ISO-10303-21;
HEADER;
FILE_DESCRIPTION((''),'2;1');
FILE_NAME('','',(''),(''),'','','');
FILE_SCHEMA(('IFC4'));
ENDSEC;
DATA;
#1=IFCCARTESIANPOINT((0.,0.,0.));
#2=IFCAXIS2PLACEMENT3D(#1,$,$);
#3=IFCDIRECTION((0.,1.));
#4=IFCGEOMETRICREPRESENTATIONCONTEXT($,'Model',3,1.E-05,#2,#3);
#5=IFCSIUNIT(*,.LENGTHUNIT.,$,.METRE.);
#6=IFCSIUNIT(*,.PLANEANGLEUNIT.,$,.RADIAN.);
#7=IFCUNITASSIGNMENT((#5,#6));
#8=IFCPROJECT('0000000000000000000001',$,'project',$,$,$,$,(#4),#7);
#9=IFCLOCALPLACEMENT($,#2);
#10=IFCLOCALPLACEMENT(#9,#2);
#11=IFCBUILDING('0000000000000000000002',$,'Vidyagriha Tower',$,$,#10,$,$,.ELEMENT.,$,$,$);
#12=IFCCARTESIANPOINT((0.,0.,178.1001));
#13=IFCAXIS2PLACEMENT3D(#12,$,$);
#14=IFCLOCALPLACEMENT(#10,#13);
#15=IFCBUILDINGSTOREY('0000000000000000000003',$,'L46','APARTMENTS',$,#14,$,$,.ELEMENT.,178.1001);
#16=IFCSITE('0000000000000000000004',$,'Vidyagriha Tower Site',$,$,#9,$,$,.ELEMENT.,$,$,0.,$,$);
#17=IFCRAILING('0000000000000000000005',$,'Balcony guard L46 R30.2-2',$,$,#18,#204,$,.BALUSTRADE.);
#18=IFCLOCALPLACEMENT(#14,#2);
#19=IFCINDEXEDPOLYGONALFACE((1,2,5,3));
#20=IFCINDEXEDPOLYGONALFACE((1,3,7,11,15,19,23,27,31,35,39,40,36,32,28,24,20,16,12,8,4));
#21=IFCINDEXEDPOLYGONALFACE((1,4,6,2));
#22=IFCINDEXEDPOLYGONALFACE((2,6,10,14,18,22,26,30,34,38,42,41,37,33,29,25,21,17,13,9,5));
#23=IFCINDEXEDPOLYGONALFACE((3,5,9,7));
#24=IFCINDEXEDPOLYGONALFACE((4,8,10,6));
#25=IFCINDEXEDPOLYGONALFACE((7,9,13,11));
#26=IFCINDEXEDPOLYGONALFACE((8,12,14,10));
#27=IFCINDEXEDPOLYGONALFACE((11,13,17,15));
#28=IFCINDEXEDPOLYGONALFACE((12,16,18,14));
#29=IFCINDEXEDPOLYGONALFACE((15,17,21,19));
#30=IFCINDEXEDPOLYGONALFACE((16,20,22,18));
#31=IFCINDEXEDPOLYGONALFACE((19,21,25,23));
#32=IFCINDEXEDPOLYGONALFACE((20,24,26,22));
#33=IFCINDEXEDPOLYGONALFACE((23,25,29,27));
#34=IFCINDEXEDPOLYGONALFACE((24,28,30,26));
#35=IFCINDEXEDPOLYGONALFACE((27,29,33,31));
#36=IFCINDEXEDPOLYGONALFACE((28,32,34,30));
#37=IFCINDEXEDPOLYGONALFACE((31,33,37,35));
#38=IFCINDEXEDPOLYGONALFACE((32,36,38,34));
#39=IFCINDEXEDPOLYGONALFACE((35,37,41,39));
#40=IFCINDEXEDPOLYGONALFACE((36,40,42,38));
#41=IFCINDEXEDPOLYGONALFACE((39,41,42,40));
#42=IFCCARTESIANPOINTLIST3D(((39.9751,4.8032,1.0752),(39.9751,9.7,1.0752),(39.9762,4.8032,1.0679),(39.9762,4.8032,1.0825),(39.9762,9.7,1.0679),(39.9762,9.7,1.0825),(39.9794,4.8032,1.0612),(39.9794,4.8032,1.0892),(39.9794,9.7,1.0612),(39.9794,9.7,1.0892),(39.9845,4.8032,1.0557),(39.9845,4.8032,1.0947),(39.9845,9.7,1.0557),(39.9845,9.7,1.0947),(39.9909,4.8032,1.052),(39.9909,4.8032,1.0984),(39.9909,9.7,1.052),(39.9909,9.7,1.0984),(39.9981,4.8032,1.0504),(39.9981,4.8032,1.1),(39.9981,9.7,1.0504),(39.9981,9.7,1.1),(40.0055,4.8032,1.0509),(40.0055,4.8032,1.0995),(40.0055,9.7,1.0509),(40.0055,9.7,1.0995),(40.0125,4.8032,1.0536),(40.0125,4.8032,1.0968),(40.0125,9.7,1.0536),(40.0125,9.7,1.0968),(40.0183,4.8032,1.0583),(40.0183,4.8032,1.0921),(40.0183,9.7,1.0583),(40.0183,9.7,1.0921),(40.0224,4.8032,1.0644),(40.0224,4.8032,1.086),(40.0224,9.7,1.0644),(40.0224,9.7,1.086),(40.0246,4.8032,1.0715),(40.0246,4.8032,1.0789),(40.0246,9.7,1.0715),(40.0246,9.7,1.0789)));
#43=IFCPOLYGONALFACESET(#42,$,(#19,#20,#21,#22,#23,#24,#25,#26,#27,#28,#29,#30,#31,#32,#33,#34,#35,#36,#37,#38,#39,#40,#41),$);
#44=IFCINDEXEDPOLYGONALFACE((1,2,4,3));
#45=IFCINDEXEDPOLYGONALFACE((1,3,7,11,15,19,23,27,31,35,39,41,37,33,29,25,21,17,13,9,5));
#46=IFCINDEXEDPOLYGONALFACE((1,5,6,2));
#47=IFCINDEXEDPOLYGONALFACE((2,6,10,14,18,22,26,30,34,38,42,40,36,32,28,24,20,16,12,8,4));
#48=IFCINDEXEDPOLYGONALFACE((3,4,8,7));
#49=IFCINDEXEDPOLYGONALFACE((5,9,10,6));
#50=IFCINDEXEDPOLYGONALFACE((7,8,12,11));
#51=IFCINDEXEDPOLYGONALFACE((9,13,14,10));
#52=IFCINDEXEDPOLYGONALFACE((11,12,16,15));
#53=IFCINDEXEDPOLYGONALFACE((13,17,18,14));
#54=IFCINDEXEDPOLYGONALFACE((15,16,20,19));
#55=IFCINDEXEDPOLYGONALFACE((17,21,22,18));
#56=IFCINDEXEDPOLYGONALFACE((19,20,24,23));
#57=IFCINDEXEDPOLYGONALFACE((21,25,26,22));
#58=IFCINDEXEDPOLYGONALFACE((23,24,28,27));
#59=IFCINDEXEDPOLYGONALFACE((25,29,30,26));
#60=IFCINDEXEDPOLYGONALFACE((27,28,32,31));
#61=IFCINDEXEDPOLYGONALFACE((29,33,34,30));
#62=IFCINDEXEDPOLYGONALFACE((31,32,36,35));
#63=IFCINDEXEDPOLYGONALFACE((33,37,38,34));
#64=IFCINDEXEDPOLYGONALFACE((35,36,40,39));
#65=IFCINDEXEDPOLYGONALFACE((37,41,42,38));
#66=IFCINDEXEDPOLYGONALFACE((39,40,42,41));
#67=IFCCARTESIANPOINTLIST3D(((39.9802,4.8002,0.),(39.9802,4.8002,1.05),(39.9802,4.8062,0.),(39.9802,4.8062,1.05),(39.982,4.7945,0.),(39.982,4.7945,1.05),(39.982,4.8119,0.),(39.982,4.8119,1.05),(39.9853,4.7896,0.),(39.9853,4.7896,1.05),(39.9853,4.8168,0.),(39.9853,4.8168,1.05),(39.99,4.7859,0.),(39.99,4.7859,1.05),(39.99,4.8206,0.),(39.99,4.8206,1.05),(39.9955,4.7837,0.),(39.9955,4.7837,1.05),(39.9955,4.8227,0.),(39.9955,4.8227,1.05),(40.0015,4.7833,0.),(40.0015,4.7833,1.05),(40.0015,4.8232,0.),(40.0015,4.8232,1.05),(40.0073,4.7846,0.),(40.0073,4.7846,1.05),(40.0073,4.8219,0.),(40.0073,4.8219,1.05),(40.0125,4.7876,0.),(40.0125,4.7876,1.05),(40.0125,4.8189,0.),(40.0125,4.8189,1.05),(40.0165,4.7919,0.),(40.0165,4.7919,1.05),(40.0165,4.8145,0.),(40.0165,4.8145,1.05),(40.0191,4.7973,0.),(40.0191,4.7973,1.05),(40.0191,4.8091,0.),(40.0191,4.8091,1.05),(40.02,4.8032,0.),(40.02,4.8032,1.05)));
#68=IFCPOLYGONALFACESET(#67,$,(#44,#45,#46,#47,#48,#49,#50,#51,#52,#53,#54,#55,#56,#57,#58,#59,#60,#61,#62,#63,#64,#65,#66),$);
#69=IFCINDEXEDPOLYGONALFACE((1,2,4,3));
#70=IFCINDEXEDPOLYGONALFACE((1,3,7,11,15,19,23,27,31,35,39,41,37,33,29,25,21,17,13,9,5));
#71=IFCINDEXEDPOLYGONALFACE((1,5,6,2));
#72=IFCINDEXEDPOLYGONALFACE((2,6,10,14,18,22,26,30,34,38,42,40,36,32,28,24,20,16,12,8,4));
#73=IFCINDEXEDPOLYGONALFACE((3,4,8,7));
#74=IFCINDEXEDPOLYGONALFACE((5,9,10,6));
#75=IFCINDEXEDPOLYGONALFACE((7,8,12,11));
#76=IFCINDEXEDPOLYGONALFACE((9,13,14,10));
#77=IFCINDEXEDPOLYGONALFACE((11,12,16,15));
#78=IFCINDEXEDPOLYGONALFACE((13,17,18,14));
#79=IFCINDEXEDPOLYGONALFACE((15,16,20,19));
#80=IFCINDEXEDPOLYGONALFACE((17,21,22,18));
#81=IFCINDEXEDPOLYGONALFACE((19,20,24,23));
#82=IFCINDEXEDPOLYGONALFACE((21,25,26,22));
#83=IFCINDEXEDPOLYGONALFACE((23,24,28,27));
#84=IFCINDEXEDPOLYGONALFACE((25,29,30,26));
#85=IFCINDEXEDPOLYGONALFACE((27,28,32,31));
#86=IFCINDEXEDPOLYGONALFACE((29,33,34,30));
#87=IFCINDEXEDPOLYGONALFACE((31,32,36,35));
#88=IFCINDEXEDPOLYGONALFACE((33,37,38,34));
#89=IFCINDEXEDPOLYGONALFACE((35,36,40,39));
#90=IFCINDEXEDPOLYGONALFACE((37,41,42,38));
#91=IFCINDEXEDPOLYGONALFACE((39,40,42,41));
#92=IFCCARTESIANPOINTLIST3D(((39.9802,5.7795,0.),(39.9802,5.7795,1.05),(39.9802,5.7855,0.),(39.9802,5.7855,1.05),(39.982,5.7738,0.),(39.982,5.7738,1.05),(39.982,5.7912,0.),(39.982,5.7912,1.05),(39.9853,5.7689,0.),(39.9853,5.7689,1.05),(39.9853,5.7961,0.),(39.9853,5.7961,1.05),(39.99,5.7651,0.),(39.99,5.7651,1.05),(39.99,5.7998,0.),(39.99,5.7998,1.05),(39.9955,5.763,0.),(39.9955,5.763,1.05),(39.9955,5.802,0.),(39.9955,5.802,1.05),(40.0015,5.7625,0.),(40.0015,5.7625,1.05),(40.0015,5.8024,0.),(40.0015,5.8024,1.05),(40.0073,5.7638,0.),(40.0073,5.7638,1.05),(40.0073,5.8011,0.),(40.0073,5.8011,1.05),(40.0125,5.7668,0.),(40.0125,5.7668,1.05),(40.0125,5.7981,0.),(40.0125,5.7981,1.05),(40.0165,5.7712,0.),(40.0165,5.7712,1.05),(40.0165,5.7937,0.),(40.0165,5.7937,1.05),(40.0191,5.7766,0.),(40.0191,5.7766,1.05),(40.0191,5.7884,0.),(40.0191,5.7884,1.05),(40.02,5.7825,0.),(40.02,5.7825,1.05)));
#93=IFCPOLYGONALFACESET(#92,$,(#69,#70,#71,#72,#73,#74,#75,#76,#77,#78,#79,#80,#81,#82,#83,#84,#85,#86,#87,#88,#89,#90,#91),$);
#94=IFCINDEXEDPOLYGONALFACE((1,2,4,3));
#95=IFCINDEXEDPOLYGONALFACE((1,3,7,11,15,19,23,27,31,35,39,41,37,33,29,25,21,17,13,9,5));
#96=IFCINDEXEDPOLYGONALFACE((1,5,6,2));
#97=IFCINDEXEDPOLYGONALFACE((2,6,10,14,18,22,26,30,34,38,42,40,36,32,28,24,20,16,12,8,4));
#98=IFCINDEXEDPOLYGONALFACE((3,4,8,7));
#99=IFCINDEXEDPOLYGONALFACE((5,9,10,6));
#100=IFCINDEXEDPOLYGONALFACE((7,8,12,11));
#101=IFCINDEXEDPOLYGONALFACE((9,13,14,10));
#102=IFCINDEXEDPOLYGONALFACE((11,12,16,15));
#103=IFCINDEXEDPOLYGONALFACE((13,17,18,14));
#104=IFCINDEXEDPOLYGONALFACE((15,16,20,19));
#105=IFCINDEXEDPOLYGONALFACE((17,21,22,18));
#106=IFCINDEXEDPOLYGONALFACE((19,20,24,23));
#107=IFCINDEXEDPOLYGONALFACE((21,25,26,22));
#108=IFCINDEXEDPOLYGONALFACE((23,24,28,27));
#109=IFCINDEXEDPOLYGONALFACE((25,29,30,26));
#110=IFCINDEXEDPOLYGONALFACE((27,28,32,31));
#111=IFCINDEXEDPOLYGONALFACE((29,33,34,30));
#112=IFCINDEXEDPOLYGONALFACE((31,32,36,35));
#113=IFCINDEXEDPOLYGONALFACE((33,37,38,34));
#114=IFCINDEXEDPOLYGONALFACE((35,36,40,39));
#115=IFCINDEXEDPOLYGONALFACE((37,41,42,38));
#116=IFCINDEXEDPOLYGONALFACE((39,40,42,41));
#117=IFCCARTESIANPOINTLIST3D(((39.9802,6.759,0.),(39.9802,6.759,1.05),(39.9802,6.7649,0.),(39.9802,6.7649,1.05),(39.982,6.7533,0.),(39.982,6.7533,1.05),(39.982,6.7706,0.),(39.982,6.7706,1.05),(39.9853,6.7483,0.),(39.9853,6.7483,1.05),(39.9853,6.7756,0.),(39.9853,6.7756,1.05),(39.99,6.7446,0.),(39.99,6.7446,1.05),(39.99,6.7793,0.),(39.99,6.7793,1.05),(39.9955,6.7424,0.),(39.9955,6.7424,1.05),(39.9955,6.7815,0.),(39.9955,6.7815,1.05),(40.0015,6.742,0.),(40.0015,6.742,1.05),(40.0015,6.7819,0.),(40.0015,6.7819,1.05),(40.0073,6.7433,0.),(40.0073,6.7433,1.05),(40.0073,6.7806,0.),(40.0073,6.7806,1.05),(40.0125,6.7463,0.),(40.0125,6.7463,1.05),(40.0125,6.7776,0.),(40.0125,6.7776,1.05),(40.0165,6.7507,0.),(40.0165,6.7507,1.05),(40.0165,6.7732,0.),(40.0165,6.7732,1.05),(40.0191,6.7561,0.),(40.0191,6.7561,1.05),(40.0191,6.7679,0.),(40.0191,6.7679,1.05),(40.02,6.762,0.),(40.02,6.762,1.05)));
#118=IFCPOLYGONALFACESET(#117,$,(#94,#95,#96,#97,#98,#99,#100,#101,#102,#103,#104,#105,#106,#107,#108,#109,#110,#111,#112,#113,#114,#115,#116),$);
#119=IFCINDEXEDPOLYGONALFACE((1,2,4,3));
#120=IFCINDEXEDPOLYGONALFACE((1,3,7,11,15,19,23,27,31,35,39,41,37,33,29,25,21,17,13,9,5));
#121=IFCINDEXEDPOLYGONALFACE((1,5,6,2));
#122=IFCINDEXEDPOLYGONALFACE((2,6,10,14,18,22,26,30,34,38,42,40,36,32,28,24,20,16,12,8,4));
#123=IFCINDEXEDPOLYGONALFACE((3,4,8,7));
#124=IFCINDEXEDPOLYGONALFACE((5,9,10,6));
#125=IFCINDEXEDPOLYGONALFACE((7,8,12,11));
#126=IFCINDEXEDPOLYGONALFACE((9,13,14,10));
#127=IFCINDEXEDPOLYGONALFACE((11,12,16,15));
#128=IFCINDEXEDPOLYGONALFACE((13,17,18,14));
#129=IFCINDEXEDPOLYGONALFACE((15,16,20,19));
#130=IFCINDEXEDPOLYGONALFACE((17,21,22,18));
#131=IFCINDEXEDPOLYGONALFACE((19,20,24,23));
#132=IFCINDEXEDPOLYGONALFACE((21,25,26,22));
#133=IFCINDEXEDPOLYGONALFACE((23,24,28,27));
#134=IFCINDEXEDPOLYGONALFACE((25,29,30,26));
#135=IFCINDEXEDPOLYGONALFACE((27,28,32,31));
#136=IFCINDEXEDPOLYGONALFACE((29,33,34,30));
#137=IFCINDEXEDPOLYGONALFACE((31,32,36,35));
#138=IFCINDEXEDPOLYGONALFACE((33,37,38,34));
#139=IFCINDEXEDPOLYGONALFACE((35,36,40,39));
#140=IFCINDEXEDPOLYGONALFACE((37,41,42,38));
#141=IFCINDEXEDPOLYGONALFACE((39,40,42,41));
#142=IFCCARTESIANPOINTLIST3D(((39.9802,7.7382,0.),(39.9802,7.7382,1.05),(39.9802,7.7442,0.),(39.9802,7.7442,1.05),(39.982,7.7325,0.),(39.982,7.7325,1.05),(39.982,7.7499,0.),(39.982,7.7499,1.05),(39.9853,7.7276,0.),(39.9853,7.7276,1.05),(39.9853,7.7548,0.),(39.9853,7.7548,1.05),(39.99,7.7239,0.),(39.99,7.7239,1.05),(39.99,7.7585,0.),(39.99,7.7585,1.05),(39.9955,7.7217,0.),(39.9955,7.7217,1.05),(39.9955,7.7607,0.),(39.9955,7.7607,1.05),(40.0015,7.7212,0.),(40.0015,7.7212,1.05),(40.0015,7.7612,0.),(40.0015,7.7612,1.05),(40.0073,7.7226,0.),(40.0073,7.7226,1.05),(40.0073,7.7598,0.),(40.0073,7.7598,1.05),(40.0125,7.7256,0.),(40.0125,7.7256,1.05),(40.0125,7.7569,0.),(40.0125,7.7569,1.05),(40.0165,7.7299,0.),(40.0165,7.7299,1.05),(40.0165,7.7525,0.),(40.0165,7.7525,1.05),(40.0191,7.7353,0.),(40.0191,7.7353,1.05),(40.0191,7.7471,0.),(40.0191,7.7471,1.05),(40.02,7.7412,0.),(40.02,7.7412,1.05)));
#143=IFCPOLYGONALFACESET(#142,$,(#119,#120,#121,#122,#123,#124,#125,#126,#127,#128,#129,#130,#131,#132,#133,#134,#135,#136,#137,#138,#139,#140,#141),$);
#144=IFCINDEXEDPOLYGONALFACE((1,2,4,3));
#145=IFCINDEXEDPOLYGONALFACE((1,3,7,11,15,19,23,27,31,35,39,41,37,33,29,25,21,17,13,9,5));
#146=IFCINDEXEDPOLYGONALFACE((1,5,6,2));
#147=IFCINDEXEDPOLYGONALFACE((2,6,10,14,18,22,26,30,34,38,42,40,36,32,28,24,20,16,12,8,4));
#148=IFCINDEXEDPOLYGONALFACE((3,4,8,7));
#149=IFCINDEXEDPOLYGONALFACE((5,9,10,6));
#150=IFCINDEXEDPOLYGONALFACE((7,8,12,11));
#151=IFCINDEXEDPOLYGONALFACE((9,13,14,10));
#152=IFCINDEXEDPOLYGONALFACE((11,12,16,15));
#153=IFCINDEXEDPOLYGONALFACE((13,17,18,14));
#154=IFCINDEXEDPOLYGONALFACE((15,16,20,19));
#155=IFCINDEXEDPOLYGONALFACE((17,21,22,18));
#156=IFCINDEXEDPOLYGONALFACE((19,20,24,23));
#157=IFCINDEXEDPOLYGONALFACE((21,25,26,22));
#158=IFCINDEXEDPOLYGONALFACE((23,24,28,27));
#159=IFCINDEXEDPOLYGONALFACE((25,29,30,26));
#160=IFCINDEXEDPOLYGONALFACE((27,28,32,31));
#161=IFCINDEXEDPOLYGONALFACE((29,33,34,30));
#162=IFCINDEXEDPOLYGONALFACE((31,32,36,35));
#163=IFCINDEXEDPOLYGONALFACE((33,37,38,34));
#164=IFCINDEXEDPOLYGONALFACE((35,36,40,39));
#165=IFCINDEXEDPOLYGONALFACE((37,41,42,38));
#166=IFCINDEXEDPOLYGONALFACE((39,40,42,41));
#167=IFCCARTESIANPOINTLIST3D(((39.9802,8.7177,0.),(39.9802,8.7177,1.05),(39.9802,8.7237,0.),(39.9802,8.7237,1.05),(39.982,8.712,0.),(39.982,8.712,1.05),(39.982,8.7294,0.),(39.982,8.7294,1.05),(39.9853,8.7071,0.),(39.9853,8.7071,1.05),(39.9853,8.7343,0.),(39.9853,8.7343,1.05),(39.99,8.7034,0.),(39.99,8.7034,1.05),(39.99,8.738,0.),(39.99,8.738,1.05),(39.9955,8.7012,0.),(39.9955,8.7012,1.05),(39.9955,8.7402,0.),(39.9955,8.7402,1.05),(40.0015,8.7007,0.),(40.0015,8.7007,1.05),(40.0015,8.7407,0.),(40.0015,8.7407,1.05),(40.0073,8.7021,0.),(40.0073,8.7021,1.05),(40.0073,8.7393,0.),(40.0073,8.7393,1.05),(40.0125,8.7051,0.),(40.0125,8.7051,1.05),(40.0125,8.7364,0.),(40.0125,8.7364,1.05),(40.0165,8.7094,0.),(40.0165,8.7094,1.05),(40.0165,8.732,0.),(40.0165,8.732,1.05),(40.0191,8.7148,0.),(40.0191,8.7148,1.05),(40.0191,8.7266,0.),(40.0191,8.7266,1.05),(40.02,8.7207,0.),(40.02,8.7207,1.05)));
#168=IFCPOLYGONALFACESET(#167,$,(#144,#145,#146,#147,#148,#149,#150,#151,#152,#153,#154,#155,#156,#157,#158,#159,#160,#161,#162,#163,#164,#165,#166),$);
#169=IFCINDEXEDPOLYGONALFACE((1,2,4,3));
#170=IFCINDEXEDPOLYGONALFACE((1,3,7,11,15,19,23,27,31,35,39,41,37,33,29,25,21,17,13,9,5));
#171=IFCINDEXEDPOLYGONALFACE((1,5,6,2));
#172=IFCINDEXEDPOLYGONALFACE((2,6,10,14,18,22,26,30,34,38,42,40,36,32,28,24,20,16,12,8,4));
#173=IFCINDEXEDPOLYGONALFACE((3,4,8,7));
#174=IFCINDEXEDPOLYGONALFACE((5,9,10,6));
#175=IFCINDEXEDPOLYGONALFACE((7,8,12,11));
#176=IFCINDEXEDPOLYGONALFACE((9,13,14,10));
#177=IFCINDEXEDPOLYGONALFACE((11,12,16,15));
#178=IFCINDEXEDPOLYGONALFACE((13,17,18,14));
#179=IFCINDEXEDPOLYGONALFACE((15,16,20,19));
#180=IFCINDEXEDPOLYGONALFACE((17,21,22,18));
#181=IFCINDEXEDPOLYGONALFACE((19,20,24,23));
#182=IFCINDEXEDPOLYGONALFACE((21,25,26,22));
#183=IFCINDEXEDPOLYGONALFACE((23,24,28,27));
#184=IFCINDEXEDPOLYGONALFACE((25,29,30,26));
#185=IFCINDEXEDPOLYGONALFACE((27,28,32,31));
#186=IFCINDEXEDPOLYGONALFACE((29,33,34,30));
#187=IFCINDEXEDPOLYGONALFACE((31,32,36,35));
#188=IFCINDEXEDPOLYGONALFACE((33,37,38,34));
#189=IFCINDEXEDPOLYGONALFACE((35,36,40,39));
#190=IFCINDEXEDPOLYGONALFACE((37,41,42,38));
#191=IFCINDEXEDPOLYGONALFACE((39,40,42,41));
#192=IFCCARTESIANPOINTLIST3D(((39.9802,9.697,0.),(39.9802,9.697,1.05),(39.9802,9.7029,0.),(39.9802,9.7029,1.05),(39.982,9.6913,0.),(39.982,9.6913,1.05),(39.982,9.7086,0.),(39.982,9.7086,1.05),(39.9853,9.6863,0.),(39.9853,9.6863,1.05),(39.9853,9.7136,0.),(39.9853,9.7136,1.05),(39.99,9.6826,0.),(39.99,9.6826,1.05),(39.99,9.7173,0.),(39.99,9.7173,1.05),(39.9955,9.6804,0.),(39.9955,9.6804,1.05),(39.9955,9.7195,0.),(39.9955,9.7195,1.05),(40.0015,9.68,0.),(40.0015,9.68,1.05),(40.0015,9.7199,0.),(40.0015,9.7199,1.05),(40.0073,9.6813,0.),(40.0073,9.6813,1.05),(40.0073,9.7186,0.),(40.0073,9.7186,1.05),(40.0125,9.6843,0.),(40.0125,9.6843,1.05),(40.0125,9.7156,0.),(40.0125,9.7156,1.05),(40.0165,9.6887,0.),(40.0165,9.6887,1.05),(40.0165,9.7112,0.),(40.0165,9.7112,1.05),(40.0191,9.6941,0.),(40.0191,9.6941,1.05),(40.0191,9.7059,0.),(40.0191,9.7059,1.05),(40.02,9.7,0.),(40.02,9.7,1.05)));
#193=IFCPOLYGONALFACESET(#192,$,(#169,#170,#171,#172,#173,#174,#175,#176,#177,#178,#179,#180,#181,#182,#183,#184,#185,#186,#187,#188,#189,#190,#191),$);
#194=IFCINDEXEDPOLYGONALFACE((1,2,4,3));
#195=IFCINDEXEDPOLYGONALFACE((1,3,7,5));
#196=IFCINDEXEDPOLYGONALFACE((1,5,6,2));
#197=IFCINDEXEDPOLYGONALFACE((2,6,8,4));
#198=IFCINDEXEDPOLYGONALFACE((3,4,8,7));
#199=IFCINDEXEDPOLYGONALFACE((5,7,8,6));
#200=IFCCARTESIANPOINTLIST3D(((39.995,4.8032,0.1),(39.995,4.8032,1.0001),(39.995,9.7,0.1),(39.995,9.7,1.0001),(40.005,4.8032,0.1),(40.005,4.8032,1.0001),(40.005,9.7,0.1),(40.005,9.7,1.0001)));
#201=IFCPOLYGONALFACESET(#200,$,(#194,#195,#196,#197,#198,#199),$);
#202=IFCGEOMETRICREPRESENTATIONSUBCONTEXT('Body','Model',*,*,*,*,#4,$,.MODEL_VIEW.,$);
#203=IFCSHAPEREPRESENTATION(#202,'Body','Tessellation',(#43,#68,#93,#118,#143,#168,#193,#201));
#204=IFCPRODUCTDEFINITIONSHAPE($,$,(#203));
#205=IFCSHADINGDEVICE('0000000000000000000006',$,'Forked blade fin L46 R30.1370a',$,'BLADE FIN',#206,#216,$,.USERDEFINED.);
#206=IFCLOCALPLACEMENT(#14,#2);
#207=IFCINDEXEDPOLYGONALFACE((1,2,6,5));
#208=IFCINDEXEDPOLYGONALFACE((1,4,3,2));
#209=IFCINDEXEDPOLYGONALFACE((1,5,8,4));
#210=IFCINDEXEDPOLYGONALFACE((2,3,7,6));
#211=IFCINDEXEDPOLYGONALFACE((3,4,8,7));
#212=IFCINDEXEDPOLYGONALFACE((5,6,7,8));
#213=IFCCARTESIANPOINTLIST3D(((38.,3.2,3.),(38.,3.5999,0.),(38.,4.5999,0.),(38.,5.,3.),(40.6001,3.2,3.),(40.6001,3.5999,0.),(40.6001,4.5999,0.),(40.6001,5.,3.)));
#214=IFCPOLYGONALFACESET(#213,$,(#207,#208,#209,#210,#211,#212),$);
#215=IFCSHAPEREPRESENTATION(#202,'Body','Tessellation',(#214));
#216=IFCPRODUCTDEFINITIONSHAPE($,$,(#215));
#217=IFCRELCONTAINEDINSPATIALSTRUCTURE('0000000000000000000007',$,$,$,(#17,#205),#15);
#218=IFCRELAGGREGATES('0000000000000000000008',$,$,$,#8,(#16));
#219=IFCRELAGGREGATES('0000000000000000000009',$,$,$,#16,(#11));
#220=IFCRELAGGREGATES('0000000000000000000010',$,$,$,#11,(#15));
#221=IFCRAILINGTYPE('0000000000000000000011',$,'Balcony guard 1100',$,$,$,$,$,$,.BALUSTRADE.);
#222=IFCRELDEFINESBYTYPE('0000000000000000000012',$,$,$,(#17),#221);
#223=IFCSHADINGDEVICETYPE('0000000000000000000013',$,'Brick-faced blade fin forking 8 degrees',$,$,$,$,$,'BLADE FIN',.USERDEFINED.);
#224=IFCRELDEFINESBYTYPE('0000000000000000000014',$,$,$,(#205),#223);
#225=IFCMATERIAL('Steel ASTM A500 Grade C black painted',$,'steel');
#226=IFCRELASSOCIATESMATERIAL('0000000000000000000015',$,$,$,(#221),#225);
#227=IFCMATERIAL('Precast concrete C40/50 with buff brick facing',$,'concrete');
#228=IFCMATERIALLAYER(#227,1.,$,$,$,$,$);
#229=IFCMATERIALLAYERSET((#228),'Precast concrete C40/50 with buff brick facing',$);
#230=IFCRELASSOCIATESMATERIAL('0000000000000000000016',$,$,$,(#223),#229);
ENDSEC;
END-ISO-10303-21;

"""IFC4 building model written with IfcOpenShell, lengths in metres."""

from ifc_helpers import new_model, si_unit, direction, frame, origin, origin_2d, place, context, subcontext, project, spatial, polyline, rectangle, circle, outline, extrude, material, layer, layer_set, type_object, element, save


model = new_model("IFC4")

# Units and contexts
model_context = context("Model", 3, precision=1e-05, world=origin(), true_north=direction((0.0, 1.0)))
body_context = subcontext(model_context, "Body", "Model", "MODEL_VIEW")
ifc_project = project(units=[si_unit("LENGTHUNIT", "METRE"), si_unit("PLANEANGLEUNIT", "RADIAN")], contexts=[model_context])

# Site, building, storey
site_placement = place(None, origin())
site = spatial("IfcSite", under=ifc_project, at=site_placement, Name="Vidyagriha Tower Site", CompositionType="ELEMENT", RefElevation=0.0)
building_placement = place(site_placement, origin())
building = spatial("IfcBuilding", under=site, at=building_placement, Name="Vidyagriha Tower", CompositionType="ELEMENT")
storey_placement = place(building_placement, frame((0.0, 0.0, 178.1001)))
storey = spatial("IfcBuildingStorey", under=building, at=storey_placement, Name="L46", Description="APARTMENTS", CompositionType="ELEMENT", Elevation=178.1001)

# Railing
ifc_material_1 = material(Name="Steel ASTM A500 Grade C black painted", Category="steel")
railing_type_1 = type_object("IfcRailingType", Name="Balcony guard 1100", PredefinedType="BALUSTRADE", material=ifc_material_1)
railing_1_placement = place(storey_placement, frame((40.0, 4.8032, 0.0)))
element("IfcRailing", 1, at=railing_1_placement, inside=storey, type_object=railing_type_1, Name="Balcony guard L46 R30.2-2", PredefinedType="BALUSTRADE", context=body_context, shape_type="SweptSolid", body=[
    extrude(circle(Radius=0.0249, at=origin_2d()), frame((0.0, 0.0, 1.0752), z_axis=(0.0, 1.0, 0.0), x_axis=(-1.0, 0.0, 0.0)), (0.0, 0.0, 1.0), 4.8967),
    extrude(circle(Radius=0.02, at=origin_2d()), origin(), (0.0, 0.0, 1.0), 1.05),
    extrude(circle(Radius=0.02, at=origin_2d()), frame((0.0, 0.9792, 0.0)), (0.0, 0.0, 1.0), 1.05),
    extrude(circle(Radius=0.02, at=origin_2d()), frame((0.0, 1.9587, 0.0)), (0.0, 0.0, 1.0), 1.05),
    extrude(circle(Radius=0.02, at=origin_2d()), frame((0.0, 2.938, 0.0)), (0.0, 0.0, 1.0), 1.05),
    extrude(circle(Radius=0.02, at=origin_2d()), frame((0.0, 3.9175, 0.0)), (0.0, 0.0, 1.0), 1.05),
    extrude(circle(Radius=0.02, at=origin_2d()), frame((0.0, 4.8967, 0.0)), (0.0, 0.0, 1.0), 1.05),
    extrude(rectangle(XDim=0.01, YDim=0.9001, at=origin_2d()), frame((0.0, 0.0, 0.55), z_axis=(0.0, 1.0, 0.0), x_axis=(-1.0, 0.0, 0.0)), (0.0, 0.0, 1.0), 4.8967),
])

# Shading device
ifc_material_2 = material(Name="Precast concrete C40/50 with buff brick facing", Category="concrete")
ifc_layer_1 = layer(ifc_material_2, 1.0)
ifc_layer_set_1 = layer_set([ifc_layer_1], Name="Precast concrete C40/50 with buff brick facing")
shading_device_type_1 = type_object("IfcShadingDeviceType", Name="Brick-faced blade fin forking 8 degrees", ElementType="BLADE FIN", PredefinedType="USERDEFINED", material=ifc_layer_set_1)
shading_device_1_placement = place(storey_placement, frame((39.3, 3.2, 0.0), z_axis=(0.0, 0.0, 1.0), x_axis=(0.0, 1.0, 0.0)))
element("IfcShadingDevice", 2, at=shading_device_1_placement, inside=storey, type_object=shading_device_type_1, Name="Forked blade fin L46 R30.1370a", ObjectType="BLADE FIN", PredefinedType="USERDEFINED", context=body_context, shape_type="SweptSolid", body=[
    extrude(outline(polyline([(0.3999, 0.0), (1.3999, 0.0), (1.8, 3.0), (0.0, 3.0), (0.3999, 0.0)])), frame((0.0, 1.3, 0.0), z_axis=(0.0, -1.0, 0.0), x_axis=(1.0, 0.0, 0.0)), (0.0, 0.0, 1.0), 2.6001),
])

save(model, "model.ifc")
